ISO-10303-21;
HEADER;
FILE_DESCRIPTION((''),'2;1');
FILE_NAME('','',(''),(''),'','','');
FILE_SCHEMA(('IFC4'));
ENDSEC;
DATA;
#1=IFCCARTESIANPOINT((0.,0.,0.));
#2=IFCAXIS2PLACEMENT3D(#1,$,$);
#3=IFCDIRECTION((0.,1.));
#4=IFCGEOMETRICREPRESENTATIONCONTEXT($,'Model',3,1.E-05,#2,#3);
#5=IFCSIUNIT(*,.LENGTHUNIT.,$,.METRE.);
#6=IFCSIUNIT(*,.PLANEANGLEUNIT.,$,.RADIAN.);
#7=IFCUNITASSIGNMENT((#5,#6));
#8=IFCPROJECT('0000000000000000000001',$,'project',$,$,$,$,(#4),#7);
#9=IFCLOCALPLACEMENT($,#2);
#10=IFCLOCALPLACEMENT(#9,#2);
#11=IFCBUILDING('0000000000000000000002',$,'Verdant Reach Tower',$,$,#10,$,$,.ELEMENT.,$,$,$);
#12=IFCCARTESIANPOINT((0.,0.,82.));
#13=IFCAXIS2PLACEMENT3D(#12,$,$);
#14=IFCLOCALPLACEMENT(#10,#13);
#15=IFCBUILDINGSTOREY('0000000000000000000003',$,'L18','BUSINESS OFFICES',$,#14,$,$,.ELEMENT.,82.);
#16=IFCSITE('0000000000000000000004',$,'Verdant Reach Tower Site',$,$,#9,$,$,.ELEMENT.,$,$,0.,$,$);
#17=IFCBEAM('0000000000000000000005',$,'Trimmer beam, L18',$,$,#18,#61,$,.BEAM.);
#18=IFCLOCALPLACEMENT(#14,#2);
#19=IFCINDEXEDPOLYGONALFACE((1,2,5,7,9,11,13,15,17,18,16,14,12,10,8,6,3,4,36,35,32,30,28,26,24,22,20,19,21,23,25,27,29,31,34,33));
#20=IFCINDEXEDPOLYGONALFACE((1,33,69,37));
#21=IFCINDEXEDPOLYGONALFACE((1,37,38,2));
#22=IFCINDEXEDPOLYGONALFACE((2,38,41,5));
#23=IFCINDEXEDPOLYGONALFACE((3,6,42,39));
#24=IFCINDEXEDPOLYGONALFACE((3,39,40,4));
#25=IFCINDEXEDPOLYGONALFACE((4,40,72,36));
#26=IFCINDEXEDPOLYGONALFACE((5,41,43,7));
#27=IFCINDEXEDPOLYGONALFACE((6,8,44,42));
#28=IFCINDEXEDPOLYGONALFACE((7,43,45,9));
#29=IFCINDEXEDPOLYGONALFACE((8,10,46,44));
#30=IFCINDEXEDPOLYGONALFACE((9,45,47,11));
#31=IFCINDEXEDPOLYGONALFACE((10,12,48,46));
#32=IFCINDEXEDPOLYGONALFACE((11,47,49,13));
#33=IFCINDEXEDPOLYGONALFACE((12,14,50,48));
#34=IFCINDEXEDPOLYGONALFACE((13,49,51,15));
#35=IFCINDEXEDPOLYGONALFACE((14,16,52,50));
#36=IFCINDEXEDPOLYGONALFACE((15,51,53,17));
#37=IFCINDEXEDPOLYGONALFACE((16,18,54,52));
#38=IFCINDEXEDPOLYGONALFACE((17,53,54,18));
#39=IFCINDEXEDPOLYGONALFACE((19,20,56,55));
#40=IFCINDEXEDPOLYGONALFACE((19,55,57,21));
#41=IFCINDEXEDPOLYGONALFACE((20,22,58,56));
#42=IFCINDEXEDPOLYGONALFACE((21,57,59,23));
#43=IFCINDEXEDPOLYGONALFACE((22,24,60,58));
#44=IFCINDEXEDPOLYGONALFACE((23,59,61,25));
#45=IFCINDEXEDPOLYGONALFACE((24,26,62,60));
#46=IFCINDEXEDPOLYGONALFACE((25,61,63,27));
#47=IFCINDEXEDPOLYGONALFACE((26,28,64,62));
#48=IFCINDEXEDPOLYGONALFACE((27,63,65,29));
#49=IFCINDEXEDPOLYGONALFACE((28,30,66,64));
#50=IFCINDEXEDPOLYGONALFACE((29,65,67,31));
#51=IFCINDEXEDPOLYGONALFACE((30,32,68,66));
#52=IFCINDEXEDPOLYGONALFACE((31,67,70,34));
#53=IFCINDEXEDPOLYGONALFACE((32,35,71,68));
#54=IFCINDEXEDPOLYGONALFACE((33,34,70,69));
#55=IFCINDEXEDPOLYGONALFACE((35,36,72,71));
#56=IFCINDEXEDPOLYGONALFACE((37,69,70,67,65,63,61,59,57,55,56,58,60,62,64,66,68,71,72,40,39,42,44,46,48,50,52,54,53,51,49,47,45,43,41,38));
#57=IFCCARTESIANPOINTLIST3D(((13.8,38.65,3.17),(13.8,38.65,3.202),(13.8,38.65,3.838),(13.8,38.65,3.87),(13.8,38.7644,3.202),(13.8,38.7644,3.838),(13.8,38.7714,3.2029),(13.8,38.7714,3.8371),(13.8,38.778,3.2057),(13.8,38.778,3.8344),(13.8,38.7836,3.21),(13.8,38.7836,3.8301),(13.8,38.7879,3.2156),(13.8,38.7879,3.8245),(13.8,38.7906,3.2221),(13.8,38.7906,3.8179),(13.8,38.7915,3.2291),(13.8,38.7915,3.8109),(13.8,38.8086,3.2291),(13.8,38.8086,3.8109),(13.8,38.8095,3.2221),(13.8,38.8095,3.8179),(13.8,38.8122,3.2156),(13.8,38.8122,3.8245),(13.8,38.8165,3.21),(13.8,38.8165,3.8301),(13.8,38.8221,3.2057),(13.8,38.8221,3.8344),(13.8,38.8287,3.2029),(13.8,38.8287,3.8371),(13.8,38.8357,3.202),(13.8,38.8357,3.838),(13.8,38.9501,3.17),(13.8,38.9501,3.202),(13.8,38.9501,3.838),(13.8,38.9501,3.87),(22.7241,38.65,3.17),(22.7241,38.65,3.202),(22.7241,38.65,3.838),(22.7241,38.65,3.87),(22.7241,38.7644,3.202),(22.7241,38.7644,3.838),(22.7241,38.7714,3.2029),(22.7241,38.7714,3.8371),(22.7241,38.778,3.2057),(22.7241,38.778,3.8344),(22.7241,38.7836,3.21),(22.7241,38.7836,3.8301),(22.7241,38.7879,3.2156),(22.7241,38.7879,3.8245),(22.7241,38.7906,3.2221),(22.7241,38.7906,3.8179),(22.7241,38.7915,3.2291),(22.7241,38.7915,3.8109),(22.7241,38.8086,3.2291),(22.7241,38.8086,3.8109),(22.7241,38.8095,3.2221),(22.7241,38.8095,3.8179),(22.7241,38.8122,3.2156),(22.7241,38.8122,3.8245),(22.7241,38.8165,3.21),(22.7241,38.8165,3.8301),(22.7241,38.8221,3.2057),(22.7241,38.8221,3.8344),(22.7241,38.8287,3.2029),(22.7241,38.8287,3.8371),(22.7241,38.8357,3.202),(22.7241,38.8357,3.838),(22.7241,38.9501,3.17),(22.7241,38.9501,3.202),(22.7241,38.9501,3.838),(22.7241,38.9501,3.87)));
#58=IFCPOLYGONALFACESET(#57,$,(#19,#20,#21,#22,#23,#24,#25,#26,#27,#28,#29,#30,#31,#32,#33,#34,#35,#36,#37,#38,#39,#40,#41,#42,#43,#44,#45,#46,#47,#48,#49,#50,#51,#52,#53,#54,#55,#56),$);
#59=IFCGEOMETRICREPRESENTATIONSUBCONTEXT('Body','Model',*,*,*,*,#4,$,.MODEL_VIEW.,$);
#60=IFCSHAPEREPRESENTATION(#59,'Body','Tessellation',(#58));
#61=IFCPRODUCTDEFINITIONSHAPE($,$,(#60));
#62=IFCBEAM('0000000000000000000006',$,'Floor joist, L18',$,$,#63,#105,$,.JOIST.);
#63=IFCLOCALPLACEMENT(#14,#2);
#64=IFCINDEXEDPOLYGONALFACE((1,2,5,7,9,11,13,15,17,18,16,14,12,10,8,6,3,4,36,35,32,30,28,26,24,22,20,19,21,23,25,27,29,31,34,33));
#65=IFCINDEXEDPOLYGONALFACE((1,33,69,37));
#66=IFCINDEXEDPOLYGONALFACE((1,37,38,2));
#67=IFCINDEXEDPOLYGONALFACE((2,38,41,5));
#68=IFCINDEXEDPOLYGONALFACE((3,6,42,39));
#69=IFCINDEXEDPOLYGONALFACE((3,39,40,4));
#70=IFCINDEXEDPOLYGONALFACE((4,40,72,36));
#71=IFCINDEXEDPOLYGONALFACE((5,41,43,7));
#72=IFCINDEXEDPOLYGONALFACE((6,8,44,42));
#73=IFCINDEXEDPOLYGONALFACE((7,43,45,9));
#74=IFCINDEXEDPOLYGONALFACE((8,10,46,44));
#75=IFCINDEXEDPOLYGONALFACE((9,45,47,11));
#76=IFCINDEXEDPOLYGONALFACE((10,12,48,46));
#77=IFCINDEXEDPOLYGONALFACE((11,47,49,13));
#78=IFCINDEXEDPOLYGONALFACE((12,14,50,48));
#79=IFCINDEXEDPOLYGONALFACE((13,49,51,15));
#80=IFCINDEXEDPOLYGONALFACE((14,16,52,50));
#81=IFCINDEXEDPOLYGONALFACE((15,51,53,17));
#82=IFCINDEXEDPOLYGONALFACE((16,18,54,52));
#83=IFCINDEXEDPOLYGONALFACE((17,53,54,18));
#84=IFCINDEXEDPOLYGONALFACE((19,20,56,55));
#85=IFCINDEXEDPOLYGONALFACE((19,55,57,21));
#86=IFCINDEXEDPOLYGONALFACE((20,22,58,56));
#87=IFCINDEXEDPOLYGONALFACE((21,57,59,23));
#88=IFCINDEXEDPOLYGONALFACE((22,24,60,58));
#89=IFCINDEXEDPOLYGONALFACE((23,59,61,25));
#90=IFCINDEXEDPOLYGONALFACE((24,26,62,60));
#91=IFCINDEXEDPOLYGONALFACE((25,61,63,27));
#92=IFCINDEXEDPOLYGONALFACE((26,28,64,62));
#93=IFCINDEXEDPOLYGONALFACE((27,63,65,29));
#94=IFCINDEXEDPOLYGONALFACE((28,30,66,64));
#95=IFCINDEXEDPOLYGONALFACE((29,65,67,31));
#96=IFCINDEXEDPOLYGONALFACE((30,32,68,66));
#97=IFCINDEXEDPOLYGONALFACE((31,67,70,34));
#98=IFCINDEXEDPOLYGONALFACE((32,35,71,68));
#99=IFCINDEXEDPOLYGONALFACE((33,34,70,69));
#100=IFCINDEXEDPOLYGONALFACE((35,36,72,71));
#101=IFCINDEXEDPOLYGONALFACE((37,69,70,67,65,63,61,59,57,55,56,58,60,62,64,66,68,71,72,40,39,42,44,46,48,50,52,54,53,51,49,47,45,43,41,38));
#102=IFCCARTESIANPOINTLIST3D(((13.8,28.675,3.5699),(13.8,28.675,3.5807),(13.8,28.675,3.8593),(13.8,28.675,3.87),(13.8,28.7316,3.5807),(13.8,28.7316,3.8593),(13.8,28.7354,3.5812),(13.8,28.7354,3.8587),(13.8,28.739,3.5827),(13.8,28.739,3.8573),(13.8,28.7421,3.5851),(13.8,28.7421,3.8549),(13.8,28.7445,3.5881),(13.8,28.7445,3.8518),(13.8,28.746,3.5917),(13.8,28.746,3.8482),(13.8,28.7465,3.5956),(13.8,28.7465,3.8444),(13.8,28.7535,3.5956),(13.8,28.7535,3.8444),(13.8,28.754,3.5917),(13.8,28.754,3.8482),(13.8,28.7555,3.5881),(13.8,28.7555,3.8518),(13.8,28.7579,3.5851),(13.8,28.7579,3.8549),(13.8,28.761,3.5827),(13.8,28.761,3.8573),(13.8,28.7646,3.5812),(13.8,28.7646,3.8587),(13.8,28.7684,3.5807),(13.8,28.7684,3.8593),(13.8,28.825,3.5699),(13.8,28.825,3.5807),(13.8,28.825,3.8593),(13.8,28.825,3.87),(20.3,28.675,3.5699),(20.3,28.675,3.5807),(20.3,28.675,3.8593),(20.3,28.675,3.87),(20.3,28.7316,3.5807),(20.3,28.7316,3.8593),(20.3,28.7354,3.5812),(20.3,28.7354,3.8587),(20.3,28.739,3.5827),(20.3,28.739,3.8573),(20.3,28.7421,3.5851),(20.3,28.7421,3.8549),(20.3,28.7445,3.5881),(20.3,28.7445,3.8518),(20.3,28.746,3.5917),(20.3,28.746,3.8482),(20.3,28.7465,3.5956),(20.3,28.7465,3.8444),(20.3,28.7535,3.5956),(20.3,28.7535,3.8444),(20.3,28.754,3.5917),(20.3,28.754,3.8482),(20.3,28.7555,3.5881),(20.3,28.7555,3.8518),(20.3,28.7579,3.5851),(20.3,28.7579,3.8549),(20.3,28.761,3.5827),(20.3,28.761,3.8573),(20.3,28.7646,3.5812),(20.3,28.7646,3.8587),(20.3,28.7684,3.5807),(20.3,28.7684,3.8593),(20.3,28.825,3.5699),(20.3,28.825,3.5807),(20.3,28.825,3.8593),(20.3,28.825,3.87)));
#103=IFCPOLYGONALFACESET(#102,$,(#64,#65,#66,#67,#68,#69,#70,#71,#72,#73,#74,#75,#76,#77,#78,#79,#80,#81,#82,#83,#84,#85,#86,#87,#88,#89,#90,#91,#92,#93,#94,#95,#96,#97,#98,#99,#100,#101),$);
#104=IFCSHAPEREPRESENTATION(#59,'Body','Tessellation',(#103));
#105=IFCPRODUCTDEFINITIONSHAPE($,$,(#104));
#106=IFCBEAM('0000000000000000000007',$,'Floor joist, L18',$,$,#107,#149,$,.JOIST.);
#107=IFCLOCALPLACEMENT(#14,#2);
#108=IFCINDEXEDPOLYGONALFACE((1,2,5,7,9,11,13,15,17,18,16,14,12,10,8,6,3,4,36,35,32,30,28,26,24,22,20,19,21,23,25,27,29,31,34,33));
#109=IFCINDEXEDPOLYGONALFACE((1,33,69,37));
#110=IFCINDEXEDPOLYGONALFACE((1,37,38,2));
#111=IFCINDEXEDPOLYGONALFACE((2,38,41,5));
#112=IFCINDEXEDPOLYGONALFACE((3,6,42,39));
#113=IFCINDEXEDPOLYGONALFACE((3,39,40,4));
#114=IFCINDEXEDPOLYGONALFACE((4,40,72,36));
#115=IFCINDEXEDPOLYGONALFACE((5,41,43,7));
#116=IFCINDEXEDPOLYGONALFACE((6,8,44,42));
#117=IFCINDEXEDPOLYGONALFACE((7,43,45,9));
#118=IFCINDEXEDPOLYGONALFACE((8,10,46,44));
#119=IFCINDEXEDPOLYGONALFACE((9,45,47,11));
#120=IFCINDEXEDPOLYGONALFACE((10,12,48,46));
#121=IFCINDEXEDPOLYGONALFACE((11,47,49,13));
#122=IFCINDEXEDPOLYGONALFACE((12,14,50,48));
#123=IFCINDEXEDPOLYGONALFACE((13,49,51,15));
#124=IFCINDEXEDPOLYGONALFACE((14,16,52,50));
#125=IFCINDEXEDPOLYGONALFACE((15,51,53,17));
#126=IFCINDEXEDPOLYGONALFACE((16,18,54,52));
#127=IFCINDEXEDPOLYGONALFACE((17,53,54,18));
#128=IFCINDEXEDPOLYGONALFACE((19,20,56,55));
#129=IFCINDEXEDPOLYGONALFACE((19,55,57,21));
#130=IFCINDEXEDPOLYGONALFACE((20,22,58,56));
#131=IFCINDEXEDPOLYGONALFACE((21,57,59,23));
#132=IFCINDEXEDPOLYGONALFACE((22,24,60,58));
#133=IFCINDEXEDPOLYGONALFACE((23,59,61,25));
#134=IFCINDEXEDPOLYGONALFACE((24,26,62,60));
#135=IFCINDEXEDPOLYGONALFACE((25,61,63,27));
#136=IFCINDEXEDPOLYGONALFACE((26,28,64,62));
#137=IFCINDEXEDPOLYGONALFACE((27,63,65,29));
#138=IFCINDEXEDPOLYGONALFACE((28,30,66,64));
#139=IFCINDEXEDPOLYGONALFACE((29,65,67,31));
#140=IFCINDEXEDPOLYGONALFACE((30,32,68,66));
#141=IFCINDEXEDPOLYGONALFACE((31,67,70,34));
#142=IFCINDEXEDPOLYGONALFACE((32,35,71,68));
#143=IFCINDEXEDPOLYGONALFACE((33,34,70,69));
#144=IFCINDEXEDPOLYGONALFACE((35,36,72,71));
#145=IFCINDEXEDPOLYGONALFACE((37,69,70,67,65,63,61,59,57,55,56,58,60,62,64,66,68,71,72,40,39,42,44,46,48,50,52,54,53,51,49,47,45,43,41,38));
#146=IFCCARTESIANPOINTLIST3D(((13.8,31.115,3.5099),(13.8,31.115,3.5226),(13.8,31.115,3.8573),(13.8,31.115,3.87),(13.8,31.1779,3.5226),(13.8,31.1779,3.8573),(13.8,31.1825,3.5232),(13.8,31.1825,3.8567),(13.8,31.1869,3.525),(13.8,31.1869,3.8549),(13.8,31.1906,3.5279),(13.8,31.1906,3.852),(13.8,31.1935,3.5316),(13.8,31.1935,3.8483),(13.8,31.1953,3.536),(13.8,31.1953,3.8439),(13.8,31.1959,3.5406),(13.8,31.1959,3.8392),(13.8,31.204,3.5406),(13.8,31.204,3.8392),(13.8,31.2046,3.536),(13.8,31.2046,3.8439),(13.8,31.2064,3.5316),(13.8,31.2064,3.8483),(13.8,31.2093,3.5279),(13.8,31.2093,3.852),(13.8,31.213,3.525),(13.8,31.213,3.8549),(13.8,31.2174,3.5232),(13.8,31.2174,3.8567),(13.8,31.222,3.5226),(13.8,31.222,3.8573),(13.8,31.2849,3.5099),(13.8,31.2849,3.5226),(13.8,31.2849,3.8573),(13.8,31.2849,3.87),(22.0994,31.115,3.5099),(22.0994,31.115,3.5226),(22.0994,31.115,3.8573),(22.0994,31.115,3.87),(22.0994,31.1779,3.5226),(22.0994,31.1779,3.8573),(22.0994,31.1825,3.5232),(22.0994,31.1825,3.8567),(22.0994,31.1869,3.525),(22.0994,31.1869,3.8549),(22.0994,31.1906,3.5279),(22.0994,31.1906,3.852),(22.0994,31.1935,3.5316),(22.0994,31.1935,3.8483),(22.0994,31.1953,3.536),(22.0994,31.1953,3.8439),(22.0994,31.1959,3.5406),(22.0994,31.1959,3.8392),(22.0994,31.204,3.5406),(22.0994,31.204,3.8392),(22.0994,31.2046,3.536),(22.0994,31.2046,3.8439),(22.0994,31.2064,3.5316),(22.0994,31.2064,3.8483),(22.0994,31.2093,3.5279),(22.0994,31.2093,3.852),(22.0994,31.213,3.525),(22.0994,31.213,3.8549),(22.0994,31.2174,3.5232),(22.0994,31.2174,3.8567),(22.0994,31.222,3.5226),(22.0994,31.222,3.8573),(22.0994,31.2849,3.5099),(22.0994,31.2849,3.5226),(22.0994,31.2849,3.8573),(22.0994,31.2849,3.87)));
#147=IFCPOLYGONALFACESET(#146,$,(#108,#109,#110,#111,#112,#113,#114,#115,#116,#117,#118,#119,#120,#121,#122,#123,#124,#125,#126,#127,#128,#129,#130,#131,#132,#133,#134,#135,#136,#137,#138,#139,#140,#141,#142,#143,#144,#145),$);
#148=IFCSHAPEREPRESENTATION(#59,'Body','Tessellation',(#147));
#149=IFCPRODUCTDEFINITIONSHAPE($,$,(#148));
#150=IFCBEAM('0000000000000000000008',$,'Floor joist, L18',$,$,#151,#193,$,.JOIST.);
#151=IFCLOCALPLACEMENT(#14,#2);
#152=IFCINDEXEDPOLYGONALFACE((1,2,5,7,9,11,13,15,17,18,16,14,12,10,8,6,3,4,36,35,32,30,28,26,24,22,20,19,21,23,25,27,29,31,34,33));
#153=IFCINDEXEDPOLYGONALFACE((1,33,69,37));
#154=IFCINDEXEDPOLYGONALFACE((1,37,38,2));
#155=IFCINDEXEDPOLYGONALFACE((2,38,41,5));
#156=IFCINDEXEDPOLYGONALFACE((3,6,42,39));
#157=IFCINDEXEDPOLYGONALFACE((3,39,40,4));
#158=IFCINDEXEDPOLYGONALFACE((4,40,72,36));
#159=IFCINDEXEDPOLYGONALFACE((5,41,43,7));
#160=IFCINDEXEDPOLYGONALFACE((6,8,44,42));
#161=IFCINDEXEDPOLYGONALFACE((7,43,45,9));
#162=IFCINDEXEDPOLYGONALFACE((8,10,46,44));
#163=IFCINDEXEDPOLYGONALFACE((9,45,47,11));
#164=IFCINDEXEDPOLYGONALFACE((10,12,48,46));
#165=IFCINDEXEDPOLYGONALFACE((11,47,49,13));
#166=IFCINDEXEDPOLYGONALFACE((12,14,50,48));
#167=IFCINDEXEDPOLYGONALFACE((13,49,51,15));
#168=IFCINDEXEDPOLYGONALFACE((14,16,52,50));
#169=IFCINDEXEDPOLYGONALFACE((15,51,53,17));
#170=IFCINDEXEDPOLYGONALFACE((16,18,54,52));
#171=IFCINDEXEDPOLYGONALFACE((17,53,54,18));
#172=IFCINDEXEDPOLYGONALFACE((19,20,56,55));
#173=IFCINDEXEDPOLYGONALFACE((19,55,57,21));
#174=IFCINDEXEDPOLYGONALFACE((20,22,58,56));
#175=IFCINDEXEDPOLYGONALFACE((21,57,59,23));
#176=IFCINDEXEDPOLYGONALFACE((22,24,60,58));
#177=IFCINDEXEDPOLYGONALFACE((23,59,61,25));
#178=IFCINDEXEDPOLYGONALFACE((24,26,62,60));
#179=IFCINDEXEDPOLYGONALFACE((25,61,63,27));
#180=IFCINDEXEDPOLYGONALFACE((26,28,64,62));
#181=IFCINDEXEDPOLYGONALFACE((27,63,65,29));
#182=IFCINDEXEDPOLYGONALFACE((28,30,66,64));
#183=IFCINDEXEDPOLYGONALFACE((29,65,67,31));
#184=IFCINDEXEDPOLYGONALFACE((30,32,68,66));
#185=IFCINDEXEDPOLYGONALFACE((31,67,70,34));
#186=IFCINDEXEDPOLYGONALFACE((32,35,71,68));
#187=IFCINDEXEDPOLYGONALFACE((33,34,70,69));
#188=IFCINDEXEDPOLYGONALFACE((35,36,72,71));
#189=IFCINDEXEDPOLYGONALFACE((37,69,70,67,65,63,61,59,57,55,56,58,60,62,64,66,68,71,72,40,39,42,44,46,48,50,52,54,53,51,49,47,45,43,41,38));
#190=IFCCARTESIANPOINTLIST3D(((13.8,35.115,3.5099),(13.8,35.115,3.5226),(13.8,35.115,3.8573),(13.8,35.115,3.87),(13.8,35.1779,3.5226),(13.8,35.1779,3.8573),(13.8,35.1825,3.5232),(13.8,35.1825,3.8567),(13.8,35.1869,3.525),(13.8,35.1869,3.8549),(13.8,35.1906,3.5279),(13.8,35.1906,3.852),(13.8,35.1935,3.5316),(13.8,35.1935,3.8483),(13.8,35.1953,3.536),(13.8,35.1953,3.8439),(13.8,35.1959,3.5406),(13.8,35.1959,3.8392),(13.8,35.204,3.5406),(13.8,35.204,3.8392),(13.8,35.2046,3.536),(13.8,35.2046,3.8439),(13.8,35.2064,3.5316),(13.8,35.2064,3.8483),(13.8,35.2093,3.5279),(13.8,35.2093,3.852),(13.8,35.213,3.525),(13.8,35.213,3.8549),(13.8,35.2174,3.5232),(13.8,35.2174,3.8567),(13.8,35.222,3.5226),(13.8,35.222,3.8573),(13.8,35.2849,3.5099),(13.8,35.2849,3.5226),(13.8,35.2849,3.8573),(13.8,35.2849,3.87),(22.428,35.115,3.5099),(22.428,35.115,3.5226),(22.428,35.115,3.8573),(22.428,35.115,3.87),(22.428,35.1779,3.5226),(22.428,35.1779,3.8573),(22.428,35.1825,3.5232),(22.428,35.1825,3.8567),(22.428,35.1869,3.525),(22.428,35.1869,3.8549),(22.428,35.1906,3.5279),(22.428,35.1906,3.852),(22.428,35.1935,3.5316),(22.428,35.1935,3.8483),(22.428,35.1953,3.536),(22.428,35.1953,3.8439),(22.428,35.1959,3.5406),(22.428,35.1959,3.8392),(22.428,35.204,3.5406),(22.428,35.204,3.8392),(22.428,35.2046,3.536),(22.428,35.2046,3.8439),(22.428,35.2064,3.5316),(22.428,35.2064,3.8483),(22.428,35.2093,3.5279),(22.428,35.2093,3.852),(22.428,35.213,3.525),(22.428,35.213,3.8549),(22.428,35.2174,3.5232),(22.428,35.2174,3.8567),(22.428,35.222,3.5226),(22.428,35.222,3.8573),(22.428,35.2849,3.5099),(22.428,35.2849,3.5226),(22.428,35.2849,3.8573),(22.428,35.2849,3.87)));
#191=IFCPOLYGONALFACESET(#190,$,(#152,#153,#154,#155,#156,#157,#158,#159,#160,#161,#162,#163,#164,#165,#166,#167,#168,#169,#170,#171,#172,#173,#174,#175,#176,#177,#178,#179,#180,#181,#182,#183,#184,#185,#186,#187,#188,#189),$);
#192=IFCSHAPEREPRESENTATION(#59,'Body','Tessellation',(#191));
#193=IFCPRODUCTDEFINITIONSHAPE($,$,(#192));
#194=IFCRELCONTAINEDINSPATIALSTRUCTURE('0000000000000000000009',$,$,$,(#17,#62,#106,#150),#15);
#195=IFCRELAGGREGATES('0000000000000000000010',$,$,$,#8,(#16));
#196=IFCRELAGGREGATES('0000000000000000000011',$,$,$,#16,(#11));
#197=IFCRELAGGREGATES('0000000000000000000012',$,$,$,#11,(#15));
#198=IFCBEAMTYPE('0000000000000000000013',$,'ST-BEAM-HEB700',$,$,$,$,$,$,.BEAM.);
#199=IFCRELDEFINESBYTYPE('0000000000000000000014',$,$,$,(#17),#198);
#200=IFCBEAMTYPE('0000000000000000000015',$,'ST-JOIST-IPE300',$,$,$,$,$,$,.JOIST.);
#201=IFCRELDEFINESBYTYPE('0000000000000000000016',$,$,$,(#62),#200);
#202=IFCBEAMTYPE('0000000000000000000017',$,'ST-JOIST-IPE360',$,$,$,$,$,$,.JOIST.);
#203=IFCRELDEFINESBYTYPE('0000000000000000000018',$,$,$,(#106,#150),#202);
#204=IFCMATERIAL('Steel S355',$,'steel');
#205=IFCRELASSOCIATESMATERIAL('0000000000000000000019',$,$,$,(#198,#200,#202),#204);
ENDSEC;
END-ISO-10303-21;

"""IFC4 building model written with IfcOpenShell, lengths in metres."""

from ifc_helpers import new_model, si_unit, direction, frame, origin, origin_2d, place, context, subcontext, project, spatial, i_section, extrude, material, material_profile, profile_set, type_object, element, save


model = new_model("IFC4")

# Units and contexts
model_context = context("Model", 3, precision=1e-05, world=origin(), true_north=direction((0.0, 1.0)))
body_context = subcontext(model_context, "Body", "Model", "MODEL_VIEW")
ifc_project = project(units=[si_unit("LENGTHUNIT", "METRE"), si_unit("PLANEANGLEUNIT", "RADIAN")], contexts=[model_context])

# Site, building, storey
site_placement = place(None, origin())
site = spatial("IfcSite", under=ifc_project, at=site_placement, Name="Verdant Reach Tower Site", CompositionType="ELEMENT", RefElevation=0.0)
building_placement = place(site_placement, origin())
building = spatial("IfcBuilding", under=site, at=building_placement, Name="Verdant Reach Tower", CompositionType="ELEMENT")
storey_placement = place(building_placement, frame((0.0, 0.0, 82.0)))
storey = spatial("IfcBuildingStorey", under=building, at=storey_placement, Name="L18", Description="BUSINESS OFFICES", CompositionType="ELEMENT", Elevation=82.0)

# Beams
ifc_material_1 = material(Name="Steel S355", Category="steel")
ifc_material_profile_1 = material_profile(ifc_material_1, i_section(OverallWidth=0.3, OverallDepth=0.7, WebThickness=0.0171, FlangeThickness=0.032, FilletRadius=0.0271, at=origin_2d()), Name="HEB 700")
ifc_profile_set_1 = profile_set([ifc_material_profile_1], Name="Steel S355")
beam_type_1 = type_object("IfcBeamType", Name="ST-BEAM-HEB700", PredefinedType="BEAM", material=ifc_profile_set_1)
beam_1_placement = place(storey_placement, frame((13.8, 38.8, 3.52), z_axis=(1.0, 0.0, 0.0), x_axis=(0.0, 1.0, 0.0)))
element("IfcBeam", 1, at=beam_1_placement, inside=storey, type_object=beam_type_1, Name="Trimmer beam, L18", PredefinedType="BEAM", context=body_context, shape_type="SweptSolid", body=[
    extrude(i_section(OverallWidth=0.3, OverallDepth=0.7, WebThickness=0.0171, FlangeThickness=0.032, FilletRadius=0.0271, at=origin_2d()), origin(), (0.0, 0.0, 1.0), 8.9241),
])
ifc_material_profile_2 = material_profile(ifc_material_1, i_section(OverallWidth=0.1499, OverallDepth=0.3, WebThickness=0.0071, FlangeThickness=0.0107, FilletRadius=0.0149, at=origin_2d()), Name="IPE 300")
ifc_profile_set_2 = profile_set([ifc_material_profile_2], Name="Steel S355")
beam_type_2 = type_object("IfcBeamType", Name="ST-JOIST-IPE300", PredefinedType="JOIST", material=ifc_profile_set_2)
beam_2_placement = place(storey_placement, frame((13.8, 28.75, 3.72), z_axis=(1.0, 0.0, 0.0), x_axis=(0.0, 1.0, 0.0)))
element("IfcBeam", 2, at=beam_2_placement, inside=storey, type_object=beam_type_2, Name="Floor joist, L18", PredefinedType="JOIST", context=body_context, shape_type="SweptSolid", body=[
    extrude(i_section(OverallWidth=0.1499, OverallDepth=0.3, WebThickness=0.0071, FlangeThickness=0.0107, FilletRadius=0.0149, at=origin_2d()), origin(), (0.0, 0.0, 1.0), 6.5),
])
ifc_material_profile_3 = material_profile(ifc_material_1, i_section(OverallWidth=0.1699, OverallDepth=0.3601, WebThickness=0.0081, FlangeThickness=0.0127, FilletRadius=0.0181, at=origin_2d()), Name="IPE 360")
ifc_profile_set_3 = profile_set([ifc_material_profile_3], Name="Steel S355")
beam_type_3 = type_object("IfcBeamType", Name="ST-JOIST-IPE360", PredefinedType="JOIST", material=ifc_profile_set_3)
beam_3_placement = place(storey_placement, frame((13.8, 31.2, 3.6899), z_axis=(1.0, 0.0, 0.0), x_axis=(0.0, 1.0, 0.0)))
element("IfcBeam", 3, at=beam_3_placement, inside=storey, type_object=beam_type_3, Name="Floor joist, L18", PredefinedType="JOIST", context=body_context, shape_type="SweptSolid", body=[
    extrude(i_section(OverallWidth=0.1699, OverallDepth=0.3601, WebThickness=0.0081, FlangeThickness=0.0127, FilletRadius=0.0181, at=origin_2d()), origin(), (0.0, 0.0, 1.0), 8.2993),
])
beam_4_placement = place(storey_placement, frame((13.8, 35.2, 3.6899), z_axis=(1.0, 0.0, 0.0), x_axis=(0.0, 1.0, 0.0)))
element("IfcBeam", 4, at=beam_4_placement, inside=storey, type_object=beam_type_3, Name="Floor joist, L18", PredefinedType="JOIST", context=body_context, shape_type="SweptSolid", body=[
    extrude(i_section(OverallWidth=0.1699, OverallDepth=0.3601, WebThickness=0.0081, FlangeThickness=0.0127, FilletRadius=0.0181, at=origin_2d()), origin(), (0.0, 0.0, 1.0), 8.6279),
])

save(model, "model.ifc")
